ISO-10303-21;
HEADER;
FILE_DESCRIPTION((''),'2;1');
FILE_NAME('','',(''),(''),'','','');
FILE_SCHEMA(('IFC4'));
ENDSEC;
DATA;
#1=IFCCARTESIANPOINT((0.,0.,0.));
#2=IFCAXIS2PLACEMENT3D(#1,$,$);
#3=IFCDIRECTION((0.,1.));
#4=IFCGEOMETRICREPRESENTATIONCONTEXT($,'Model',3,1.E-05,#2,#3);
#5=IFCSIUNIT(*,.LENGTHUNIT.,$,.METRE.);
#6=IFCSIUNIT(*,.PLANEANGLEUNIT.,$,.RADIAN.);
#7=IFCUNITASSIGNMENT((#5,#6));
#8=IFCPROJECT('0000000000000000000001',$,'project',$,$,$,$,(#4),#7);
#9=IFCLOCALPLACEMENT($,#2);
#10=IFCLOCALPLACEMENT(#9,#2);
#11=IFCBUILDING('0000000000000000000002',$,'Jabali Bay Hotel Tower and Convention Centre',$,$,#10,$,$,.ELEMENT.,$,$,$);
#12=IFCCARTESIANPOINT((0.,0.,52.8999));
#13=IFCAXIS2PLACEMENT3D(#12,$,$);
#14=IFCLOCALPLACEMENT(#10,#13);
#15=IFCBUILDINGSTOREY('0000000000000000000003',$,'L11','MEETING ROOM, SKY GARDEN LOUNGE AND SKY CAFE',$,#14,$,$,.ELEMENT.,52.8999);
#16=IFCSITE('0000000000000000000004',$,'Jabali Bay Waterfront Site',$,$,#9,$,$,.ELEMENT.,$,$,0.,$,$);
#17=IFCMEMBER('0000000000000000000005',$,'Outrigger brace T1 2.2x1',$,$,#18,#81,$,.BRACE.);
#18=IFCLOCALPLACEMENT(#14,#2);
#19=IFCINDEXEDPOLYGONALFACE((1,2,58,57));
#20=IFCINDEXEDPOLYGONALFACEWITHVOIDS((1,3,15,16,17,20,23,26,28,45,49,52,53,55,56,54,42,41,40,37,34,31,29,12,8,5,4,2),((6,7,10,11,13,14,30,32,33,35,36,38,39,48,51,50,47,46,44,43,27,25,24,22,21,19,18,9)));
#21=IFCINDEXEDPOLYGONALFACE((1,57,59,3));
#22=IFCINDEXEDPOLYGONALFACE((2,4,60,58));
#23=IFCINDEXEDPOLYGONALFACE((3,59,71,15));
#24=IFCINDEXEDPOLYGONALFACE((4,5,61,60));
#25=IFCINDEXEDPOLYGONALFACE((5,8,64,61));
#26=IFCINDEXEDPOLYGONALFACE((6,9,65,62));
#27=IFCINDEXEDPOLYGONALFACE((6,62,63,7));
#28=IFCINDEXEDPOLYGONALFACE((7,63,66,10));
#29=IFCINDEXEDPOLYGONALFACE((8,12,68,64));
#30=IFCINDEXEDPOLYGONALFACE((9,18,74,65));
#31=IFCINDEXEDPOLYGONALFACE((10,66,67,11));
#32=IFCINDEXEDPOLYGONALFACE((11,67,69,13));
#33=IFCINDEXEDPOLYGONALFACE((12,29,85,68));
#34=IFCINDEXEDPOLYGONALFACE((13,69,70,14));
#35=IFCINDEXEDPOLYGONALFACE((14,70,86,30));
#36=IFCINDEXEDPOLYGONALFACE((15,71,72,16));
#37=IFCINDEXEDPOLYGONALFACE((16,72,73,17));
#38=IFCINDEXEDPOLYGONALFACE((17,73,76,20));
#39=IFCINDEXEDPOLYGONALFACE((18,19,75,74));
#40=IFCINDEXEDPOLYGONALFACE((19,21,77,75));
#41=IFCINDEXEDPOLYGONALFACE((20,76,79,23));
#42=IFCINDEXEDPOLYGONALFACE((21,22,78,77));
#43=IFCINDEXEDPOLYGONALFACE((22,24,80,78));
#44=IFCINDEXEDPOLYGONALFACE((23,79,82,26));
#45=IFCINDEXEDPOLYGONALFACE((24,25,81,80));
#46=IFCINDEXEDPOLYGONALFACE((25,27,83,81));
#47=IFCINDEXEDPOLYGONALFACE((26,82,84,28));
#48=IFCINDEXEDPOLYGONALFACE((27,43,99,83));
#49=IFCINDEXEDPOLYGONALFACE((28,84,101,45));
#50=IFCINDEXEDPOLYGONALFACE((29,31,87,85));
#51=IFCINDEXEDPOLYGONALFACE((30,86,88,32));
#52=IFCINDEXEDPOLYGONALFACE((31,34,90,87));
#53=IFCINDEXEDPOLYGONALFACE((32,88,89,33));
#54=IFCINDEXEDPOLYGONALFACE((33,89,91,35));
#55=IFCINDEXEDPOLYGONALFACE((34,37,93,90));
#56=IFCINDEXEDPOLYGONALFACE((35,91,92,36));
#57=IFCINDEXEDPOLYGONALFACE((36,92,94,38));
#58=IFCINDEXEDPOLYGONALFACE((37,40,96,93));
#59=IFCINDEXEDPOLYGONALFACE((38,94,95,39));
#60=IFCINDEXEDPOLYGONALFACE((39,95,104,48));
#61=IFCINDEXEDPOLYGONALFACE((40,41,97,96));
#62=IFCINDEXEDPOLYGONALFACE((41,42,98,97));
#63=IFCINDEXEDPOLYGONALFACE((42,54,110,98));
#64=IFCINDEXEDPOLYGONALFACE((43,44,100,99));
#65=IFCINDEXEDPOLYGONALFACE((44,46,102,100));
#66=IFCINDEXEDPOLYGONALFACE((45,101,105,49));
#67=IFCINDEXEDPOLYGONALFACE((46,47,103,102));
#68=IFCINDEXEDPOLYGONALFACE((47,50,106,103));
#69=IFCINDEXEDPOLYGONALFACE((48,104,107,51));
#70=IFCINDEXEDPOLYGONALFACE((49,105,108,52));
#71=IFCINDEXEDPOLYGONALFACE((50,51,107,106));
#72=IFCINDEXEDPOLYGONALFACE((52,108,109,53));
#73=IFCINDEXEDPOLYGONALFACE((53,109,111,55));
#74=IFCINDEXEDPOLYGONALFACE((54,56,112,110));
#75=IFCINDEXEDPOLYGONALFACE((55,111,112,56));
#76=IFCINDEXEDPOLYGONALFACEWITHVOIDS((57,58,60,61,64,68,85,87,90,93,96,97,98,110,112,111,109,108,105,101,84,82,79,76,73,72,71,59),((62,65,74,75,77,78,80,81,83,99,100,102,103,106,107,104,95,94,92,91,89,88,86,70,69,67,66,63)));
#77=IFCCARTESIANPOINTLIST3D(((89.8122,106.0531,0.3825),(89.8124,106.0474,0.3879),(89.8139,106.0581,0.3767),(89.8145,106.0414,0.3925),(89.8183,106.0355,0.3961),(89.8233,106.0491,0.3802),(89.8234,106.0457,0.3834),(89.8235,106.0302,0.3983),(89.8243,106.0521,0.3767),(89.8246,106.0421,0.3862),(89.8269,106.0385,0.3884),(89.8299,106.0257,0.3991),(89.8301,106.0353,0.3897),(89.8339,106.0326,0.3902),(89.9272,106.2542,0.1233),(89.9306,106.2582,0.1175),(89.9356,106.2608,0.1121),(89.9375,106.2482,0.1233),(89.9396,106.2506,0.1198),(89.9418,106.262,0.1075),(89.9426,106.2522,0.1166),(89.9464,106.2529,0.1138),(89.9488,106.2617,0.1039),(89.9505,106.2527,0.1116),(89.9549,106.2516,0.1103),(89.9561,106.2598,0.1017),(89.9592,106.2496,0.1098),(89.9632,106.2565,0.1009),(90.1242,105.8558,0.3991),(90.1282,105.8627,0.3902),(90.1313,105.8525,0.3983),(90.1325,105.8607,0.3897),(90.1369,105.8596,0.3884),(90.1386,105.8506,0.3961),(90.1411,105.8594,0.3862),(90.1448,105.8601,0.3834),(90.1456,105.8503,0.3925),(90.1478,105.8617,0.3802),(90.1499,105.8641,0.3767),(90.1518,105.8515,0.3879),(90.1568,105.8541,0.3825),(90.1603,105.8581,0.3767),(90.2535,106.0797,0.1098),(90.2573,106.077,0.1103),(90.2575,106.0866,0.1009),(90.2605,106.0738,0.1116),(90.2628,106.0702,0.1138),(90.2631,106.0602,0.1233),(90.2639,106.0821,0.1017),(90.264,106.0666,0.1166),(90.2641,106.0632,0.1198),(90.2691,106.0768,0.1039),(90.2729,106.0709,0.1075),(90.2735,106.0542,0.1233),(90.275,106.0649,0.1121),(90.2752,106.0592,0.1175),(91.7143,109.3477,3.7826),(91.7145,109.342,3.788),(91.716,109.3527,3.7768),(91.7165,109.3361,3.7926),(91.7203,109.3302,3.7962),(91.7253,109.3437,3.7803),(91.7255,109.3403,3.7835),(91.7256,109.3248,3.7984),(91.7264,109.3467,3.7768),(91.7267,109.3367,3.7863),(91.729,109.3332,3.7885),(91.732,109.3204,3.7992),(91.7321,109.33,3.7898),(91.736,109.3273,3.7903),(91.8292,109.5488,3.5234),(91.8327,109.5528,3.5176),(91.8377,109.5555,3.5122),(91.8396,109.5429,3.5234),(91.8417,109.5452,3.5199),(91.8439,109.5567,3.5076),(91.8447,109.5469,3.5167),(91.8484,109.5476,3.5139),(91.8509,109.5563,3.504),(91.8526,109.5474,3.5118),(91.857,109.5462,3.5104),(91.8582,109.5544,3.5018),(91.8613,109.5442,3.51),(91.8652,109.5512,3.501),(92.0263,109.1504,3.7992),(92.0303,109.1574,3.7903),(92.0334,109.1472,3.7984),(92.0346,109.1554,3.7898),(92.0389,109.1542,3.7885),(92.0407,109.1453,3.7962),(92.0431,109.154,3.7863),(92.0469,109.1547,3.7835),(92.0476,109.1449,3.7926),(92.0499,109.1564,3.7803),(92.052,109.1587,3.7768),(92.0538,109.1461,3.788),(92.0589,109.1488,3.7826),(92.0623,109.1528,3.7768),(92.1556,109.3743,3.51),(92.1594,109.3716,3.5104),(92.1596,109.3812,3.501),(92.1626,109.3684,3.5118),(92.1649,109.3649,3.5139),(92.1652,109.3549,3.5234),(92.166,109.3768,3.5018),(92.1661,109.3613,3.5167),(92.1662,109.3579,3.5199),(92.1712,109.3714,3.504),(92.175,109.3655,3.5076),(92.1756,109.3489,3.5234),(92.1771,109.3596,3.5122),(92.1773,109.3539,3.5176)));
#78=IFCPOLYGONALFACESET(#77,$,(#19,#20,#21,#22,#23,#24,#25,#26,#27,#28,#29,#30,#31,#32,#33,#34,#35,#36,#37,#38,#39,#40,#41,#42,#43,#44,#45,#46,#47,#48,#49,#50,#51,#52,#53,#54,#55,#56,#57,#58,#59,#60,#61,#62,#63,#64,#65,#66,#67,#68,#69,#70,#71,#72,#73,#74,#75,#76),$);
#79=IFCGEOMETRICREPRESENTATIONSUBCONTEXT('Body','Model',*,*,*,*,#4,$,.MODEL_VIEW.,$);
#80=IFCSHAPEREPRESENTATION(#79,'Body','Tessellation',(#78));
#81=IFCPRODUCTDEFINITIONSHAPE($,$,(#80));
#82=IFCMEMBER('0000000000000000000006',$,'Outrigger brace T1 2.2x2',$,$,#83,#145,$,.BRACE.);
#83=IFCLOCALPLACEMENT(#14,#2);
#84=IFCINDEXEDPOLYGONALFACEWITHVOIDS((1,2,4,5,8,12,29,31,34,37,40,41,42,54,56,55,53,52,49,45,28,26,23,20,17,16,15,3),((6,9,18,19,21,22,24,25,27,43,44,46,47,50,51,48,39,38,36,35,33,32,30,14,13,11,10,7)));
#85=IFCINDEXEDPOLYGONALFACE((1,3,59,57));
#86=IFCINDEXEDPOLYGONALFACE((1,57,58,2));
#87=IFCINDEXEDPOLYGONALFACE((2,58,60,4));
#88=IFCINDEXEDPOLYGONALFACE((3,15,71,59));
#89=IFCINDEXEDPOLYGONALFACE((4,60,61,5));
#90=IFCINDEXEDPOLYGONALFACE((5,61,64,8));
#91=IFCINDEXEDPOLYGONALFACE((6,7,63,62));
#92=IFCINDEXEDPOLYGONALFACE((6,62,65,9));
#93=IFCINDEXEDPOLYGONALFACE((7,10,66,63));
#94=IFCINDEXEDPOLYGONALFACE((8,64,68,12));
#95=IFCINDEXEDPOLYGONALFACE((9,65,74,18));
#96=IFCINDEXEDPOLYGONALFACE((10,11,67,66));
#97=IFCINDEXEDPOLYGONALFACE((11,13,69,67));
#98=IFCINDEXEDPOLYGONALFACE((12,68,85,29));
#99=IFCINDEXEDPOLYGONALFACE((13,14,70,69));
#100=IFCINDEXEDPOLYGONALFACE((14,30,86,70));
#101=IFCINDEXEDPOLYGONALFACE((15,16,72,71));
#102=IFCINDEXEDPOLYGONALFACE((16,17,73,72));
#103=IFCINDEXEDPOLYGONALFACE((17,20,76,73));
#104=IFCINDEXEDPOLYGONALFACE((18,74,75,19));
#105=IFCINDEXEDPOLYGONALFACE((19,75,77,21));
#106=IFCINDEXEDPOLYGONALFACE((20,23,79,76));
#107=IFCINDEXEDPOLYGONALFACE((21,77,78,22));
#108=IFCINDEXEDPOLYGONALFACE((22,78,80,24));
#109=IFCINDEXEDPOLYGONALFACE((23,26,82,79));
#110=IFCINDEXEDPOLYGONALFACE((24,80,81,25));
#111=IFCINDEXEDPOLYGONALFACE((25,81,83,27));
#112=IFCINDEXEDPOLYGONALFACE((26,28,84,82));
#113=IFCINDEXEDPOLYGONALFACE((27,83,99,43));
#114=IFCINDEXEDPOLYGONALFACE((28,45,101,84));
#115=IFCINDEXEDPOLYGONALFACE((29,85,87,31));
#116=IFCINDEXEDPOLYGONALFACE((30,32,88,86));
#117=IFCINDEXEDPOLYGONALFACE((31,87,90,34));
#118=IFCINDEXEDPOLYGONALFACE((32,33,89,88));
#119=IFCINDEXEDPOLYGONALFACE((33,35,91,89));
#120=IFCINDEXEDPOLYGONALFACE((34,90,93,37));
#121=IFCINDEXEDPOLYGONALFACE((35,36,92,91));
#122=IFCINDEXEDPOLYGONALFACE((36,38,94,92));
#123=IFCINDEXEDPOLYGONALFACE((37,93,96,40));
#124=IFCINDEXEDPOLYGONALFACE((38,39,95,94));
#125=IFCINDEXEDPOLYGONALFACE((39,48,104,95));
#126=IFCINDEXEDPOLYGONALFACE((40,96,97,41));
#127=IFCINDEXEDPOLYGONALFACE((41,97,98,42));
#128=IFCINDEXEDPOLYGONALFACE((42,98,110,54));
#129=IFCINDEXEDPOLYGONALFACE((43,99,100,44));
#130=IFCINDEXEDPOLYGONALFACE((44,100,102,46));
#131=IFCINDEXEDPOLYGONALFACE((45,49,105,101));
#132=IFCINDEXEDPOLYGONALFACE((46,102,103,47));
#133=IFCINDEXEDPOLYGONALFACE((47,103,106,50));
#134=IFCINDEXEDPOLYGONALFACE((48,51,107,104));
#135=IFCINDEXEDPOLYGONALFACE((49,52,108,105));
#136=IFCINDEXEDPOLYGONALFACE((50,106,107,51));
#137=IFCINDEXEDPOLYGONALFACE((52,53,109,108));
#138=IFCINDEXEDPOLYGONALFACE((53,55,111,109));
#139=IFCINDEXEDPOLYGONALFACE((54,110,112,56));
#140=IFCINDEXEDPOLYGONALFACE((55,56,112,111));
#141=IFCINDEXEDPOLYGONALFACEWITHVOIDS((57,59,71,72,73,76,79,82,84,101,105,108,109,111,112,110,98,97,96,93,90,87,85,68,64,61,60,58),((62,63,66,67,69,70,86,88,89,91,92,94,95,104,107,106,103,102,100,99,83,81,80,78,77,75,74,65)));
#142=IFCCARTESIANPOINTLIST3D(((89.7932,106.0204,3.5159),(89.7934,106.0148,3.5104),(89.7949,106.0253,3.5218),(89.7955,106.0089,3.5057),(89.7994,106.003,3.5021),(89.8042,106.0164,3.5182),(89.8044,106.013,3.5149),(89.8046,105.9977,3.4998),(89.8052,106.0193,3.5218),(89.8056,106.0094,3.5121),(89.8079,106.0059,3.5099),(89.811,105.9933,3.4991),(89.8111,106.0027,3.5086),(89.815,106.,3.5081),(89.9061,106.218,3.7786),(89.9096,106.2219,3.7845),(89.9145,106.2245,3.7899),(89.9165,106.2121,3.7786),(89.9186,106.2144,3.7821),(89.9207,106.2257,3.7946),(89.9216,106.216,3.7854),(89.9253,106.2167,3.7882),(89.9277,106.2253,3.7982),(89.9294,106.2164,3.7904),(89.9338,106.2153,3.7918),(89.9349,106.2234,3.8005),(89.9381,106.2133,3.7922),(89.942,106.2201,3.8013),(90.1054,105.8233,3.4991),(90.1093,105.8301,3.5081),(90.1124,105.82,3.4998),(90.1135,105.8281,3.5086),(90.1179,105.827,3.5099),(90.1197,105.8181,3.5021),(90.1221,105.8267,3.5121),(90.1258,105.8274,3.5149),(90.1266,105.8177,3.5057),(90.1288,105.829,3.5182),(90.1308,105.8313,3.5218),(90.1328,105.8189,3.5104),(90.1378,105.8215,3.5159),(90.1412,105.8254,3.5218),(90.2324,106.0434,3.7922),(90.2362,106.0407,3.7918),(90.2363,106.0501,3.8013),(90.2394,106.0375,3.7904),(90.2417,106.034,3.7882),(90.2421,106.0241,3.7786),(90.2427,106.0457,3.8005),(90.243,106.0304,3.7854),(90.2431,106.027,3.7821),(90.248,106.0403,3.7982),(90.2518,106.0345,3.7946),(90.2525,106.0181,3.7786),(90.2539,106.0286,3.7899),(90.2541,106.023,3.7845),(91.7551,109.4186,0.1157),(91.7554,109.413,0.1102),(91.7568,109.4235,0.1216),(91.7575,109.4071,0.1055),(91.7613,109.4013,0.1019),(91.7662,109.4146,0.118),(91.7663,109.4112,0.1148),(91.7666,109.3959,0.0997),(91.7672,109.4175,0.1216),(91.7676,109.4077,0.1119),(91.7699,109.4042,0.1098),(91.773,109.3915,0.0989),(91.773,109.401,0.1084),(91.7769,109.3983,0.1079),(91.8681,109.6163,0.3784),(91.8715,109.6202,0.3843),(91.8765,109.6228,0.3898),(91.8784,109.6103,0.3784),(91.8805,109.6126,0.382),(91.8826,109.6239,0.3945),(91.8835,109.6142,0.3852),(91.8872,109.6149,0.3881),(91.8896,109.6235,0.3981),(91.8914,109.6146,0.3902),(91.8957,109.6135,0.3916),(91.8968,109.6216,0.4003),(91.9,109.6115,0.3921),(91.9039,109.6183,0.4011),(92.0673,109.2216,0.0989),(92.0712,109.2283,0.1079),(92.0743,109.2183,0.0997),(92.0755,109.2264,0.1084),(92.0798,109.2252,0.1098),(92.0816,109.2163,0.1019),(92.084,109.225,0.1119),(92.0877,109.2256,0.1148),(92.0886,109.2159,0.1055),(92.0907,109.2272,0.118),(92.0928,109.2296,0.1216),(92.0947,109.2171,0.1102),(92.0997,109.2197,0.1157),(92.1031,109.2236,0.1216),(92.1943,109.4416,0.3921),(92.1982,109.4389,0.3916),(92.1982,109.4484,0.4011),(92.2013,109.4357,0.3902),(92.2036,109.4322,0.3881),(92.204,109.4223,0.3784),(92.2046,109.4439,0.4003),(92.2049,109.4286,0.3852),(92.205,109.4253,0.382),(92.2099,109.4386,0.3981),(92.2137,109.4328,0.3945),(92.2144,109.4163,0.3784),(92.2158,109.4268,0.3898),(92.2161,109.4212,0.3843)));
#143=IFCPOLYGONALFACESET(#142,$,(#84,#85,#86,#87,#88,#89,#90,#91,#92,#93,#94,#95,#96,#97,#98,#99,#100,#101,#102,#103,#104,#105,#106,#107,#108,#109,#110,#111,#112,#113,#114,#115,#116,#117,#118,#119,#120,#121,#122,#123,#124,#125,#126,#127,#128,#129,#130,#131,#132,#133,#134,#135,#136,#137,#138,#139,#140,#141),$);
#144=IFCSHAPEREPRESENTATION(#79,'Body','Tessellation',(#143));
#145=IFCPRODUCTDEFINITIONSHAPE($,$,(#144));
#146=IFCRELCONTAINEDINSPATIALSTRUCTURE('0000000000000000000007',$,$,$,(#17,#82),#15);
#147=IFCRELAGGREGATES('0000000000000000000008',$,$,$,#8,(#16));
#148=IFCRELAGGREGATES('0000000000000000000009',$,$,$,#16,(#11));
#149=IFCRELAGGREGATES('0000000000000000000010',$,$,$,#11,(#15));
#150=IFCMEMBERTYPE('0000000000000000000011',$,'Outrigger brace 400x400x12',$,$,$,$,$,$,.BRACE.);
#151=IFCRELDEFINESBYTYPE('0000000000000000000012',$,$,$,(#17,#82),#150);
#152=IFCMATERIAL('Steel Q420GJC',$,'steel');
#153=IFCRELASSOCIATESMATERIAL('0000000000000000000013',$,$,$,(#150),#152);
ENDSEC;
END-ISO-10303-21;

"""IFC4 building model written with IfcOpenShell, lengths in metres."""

from ifc_helpers import new_model, si_unit, direction, frame, origin, origin_2d, place, context, subcontext, project, spatial, hollow_rectangle, extrude, material, material_profile, profile_set, type_object, element, save


model = new_model("IFC4")

# Units and contexts
model_context = context("Model", 3, precision=1e-05, world=origin(), true_north=direction((0.0, 1.0)))
body_context = subcontext(model_context, "Body", "Model", "MODEL_VIEW")
ifc_project = project(units=[si_unit("LENGTHUNIT", "METRE"), si_unit("PLANEANGLEUNIT", "RADIAN")], contexts=[model_context])

# Site, building, storey
site_placement = place(None, origin())
site = spatial("IfcSite", under=ifc_project, at=site_placement, Name="Jabali Bay Waterfront Site", CompositionType="ELEMENT", RefElevation=0.0)
building_placement = place(site_placement, origin())
building = spatial("IfcBuilding", under=site, at=building_placement, Name="Jabali Bay Hotel Tower and Convention Centre", CompositionType="ELEMENT")
storey_placement = place(building_placement, frame((0.0, 0.0, 52.8999)))
storey = spatial("IfcBuildingStorey", under=building, at=storey_placement, Name="L11", Description="MEETING ROOM, SKY GARDEN LOUNGE AND SKY CAFE", CompositionType="ELEMENT", Elevation=52.8999)

# Shared definitions
ifc_material_1 = material(Name="Steel Q420GJC", Category="steel")

# Members
ifc_material_profile_1 = material_profile(ifc_material_1, hollow_rectangle(XDim=0.3999, YDim=0.3999, WallThickness=0.012, InnerFilletRadius=0.0181, OuterFilletRadius=0.03, at=origin_2d()), Name="Outrigger brace 400x400x12")
ifc_profile_set_1 = profile_set([ifc_material_profile_1], Name="Steel Q420GJC")
member_type_1 = type_object("IfcMemberType", Name="Outrigger brace 400x400x12", PredefinedType="BRACE", material=ifc_profile_set_1)
member_1_placement = place(storey_placement, frame((90.0437, 106.0562, 0.25), z_axis=(0.37279, 0.645719, 0.66639), x_axis=(-0.866035, 0.499984, 0.0)))
element("IfcMember", 1, at=member_1_placement, inside=storey, type_object=member_type_1, Name="Outrigger brace T1 2.2x1", PredefinedType="BRACE", context=body_context, shape_type="SweptSolid", body=[
    extrude(hollow_rectangle(XDim=0.3999, YDim=0.3999, WallThickness=0.012, InnerFilletRadius=0.0181, OuterFilletRadius=0.03, at=origin_2d()), origin(), (0.0, 0.0, 1.0), 5.1023),
])
member_2_placement = place(storey_placement, frame((91.9856, 109.4199, 0.25), z_axis=(-0.377866, -0.654494, 0.65487), x_axis=(0.866029, -0.499994, 0.0)))
element("IfcMember", 2, at=member_2_placement, inside=storey, type_object=member_type_1, Name="Outrigger brace T1 2.2x2", PredefinedType="BRACE", context=body_context, shape_type="SweptSolid", body=[
    extrude(hollow_rectangle(XDim=0.3999, YDim=0.3999, WallThickness=0.012, InnerFilletRadius=0.0181, OuterFilletRadius=0.03, at=origin_2d()), origin(), (0.0, 0.0, 1.0), 5.1921),
])

save(model, "model.ifc")
